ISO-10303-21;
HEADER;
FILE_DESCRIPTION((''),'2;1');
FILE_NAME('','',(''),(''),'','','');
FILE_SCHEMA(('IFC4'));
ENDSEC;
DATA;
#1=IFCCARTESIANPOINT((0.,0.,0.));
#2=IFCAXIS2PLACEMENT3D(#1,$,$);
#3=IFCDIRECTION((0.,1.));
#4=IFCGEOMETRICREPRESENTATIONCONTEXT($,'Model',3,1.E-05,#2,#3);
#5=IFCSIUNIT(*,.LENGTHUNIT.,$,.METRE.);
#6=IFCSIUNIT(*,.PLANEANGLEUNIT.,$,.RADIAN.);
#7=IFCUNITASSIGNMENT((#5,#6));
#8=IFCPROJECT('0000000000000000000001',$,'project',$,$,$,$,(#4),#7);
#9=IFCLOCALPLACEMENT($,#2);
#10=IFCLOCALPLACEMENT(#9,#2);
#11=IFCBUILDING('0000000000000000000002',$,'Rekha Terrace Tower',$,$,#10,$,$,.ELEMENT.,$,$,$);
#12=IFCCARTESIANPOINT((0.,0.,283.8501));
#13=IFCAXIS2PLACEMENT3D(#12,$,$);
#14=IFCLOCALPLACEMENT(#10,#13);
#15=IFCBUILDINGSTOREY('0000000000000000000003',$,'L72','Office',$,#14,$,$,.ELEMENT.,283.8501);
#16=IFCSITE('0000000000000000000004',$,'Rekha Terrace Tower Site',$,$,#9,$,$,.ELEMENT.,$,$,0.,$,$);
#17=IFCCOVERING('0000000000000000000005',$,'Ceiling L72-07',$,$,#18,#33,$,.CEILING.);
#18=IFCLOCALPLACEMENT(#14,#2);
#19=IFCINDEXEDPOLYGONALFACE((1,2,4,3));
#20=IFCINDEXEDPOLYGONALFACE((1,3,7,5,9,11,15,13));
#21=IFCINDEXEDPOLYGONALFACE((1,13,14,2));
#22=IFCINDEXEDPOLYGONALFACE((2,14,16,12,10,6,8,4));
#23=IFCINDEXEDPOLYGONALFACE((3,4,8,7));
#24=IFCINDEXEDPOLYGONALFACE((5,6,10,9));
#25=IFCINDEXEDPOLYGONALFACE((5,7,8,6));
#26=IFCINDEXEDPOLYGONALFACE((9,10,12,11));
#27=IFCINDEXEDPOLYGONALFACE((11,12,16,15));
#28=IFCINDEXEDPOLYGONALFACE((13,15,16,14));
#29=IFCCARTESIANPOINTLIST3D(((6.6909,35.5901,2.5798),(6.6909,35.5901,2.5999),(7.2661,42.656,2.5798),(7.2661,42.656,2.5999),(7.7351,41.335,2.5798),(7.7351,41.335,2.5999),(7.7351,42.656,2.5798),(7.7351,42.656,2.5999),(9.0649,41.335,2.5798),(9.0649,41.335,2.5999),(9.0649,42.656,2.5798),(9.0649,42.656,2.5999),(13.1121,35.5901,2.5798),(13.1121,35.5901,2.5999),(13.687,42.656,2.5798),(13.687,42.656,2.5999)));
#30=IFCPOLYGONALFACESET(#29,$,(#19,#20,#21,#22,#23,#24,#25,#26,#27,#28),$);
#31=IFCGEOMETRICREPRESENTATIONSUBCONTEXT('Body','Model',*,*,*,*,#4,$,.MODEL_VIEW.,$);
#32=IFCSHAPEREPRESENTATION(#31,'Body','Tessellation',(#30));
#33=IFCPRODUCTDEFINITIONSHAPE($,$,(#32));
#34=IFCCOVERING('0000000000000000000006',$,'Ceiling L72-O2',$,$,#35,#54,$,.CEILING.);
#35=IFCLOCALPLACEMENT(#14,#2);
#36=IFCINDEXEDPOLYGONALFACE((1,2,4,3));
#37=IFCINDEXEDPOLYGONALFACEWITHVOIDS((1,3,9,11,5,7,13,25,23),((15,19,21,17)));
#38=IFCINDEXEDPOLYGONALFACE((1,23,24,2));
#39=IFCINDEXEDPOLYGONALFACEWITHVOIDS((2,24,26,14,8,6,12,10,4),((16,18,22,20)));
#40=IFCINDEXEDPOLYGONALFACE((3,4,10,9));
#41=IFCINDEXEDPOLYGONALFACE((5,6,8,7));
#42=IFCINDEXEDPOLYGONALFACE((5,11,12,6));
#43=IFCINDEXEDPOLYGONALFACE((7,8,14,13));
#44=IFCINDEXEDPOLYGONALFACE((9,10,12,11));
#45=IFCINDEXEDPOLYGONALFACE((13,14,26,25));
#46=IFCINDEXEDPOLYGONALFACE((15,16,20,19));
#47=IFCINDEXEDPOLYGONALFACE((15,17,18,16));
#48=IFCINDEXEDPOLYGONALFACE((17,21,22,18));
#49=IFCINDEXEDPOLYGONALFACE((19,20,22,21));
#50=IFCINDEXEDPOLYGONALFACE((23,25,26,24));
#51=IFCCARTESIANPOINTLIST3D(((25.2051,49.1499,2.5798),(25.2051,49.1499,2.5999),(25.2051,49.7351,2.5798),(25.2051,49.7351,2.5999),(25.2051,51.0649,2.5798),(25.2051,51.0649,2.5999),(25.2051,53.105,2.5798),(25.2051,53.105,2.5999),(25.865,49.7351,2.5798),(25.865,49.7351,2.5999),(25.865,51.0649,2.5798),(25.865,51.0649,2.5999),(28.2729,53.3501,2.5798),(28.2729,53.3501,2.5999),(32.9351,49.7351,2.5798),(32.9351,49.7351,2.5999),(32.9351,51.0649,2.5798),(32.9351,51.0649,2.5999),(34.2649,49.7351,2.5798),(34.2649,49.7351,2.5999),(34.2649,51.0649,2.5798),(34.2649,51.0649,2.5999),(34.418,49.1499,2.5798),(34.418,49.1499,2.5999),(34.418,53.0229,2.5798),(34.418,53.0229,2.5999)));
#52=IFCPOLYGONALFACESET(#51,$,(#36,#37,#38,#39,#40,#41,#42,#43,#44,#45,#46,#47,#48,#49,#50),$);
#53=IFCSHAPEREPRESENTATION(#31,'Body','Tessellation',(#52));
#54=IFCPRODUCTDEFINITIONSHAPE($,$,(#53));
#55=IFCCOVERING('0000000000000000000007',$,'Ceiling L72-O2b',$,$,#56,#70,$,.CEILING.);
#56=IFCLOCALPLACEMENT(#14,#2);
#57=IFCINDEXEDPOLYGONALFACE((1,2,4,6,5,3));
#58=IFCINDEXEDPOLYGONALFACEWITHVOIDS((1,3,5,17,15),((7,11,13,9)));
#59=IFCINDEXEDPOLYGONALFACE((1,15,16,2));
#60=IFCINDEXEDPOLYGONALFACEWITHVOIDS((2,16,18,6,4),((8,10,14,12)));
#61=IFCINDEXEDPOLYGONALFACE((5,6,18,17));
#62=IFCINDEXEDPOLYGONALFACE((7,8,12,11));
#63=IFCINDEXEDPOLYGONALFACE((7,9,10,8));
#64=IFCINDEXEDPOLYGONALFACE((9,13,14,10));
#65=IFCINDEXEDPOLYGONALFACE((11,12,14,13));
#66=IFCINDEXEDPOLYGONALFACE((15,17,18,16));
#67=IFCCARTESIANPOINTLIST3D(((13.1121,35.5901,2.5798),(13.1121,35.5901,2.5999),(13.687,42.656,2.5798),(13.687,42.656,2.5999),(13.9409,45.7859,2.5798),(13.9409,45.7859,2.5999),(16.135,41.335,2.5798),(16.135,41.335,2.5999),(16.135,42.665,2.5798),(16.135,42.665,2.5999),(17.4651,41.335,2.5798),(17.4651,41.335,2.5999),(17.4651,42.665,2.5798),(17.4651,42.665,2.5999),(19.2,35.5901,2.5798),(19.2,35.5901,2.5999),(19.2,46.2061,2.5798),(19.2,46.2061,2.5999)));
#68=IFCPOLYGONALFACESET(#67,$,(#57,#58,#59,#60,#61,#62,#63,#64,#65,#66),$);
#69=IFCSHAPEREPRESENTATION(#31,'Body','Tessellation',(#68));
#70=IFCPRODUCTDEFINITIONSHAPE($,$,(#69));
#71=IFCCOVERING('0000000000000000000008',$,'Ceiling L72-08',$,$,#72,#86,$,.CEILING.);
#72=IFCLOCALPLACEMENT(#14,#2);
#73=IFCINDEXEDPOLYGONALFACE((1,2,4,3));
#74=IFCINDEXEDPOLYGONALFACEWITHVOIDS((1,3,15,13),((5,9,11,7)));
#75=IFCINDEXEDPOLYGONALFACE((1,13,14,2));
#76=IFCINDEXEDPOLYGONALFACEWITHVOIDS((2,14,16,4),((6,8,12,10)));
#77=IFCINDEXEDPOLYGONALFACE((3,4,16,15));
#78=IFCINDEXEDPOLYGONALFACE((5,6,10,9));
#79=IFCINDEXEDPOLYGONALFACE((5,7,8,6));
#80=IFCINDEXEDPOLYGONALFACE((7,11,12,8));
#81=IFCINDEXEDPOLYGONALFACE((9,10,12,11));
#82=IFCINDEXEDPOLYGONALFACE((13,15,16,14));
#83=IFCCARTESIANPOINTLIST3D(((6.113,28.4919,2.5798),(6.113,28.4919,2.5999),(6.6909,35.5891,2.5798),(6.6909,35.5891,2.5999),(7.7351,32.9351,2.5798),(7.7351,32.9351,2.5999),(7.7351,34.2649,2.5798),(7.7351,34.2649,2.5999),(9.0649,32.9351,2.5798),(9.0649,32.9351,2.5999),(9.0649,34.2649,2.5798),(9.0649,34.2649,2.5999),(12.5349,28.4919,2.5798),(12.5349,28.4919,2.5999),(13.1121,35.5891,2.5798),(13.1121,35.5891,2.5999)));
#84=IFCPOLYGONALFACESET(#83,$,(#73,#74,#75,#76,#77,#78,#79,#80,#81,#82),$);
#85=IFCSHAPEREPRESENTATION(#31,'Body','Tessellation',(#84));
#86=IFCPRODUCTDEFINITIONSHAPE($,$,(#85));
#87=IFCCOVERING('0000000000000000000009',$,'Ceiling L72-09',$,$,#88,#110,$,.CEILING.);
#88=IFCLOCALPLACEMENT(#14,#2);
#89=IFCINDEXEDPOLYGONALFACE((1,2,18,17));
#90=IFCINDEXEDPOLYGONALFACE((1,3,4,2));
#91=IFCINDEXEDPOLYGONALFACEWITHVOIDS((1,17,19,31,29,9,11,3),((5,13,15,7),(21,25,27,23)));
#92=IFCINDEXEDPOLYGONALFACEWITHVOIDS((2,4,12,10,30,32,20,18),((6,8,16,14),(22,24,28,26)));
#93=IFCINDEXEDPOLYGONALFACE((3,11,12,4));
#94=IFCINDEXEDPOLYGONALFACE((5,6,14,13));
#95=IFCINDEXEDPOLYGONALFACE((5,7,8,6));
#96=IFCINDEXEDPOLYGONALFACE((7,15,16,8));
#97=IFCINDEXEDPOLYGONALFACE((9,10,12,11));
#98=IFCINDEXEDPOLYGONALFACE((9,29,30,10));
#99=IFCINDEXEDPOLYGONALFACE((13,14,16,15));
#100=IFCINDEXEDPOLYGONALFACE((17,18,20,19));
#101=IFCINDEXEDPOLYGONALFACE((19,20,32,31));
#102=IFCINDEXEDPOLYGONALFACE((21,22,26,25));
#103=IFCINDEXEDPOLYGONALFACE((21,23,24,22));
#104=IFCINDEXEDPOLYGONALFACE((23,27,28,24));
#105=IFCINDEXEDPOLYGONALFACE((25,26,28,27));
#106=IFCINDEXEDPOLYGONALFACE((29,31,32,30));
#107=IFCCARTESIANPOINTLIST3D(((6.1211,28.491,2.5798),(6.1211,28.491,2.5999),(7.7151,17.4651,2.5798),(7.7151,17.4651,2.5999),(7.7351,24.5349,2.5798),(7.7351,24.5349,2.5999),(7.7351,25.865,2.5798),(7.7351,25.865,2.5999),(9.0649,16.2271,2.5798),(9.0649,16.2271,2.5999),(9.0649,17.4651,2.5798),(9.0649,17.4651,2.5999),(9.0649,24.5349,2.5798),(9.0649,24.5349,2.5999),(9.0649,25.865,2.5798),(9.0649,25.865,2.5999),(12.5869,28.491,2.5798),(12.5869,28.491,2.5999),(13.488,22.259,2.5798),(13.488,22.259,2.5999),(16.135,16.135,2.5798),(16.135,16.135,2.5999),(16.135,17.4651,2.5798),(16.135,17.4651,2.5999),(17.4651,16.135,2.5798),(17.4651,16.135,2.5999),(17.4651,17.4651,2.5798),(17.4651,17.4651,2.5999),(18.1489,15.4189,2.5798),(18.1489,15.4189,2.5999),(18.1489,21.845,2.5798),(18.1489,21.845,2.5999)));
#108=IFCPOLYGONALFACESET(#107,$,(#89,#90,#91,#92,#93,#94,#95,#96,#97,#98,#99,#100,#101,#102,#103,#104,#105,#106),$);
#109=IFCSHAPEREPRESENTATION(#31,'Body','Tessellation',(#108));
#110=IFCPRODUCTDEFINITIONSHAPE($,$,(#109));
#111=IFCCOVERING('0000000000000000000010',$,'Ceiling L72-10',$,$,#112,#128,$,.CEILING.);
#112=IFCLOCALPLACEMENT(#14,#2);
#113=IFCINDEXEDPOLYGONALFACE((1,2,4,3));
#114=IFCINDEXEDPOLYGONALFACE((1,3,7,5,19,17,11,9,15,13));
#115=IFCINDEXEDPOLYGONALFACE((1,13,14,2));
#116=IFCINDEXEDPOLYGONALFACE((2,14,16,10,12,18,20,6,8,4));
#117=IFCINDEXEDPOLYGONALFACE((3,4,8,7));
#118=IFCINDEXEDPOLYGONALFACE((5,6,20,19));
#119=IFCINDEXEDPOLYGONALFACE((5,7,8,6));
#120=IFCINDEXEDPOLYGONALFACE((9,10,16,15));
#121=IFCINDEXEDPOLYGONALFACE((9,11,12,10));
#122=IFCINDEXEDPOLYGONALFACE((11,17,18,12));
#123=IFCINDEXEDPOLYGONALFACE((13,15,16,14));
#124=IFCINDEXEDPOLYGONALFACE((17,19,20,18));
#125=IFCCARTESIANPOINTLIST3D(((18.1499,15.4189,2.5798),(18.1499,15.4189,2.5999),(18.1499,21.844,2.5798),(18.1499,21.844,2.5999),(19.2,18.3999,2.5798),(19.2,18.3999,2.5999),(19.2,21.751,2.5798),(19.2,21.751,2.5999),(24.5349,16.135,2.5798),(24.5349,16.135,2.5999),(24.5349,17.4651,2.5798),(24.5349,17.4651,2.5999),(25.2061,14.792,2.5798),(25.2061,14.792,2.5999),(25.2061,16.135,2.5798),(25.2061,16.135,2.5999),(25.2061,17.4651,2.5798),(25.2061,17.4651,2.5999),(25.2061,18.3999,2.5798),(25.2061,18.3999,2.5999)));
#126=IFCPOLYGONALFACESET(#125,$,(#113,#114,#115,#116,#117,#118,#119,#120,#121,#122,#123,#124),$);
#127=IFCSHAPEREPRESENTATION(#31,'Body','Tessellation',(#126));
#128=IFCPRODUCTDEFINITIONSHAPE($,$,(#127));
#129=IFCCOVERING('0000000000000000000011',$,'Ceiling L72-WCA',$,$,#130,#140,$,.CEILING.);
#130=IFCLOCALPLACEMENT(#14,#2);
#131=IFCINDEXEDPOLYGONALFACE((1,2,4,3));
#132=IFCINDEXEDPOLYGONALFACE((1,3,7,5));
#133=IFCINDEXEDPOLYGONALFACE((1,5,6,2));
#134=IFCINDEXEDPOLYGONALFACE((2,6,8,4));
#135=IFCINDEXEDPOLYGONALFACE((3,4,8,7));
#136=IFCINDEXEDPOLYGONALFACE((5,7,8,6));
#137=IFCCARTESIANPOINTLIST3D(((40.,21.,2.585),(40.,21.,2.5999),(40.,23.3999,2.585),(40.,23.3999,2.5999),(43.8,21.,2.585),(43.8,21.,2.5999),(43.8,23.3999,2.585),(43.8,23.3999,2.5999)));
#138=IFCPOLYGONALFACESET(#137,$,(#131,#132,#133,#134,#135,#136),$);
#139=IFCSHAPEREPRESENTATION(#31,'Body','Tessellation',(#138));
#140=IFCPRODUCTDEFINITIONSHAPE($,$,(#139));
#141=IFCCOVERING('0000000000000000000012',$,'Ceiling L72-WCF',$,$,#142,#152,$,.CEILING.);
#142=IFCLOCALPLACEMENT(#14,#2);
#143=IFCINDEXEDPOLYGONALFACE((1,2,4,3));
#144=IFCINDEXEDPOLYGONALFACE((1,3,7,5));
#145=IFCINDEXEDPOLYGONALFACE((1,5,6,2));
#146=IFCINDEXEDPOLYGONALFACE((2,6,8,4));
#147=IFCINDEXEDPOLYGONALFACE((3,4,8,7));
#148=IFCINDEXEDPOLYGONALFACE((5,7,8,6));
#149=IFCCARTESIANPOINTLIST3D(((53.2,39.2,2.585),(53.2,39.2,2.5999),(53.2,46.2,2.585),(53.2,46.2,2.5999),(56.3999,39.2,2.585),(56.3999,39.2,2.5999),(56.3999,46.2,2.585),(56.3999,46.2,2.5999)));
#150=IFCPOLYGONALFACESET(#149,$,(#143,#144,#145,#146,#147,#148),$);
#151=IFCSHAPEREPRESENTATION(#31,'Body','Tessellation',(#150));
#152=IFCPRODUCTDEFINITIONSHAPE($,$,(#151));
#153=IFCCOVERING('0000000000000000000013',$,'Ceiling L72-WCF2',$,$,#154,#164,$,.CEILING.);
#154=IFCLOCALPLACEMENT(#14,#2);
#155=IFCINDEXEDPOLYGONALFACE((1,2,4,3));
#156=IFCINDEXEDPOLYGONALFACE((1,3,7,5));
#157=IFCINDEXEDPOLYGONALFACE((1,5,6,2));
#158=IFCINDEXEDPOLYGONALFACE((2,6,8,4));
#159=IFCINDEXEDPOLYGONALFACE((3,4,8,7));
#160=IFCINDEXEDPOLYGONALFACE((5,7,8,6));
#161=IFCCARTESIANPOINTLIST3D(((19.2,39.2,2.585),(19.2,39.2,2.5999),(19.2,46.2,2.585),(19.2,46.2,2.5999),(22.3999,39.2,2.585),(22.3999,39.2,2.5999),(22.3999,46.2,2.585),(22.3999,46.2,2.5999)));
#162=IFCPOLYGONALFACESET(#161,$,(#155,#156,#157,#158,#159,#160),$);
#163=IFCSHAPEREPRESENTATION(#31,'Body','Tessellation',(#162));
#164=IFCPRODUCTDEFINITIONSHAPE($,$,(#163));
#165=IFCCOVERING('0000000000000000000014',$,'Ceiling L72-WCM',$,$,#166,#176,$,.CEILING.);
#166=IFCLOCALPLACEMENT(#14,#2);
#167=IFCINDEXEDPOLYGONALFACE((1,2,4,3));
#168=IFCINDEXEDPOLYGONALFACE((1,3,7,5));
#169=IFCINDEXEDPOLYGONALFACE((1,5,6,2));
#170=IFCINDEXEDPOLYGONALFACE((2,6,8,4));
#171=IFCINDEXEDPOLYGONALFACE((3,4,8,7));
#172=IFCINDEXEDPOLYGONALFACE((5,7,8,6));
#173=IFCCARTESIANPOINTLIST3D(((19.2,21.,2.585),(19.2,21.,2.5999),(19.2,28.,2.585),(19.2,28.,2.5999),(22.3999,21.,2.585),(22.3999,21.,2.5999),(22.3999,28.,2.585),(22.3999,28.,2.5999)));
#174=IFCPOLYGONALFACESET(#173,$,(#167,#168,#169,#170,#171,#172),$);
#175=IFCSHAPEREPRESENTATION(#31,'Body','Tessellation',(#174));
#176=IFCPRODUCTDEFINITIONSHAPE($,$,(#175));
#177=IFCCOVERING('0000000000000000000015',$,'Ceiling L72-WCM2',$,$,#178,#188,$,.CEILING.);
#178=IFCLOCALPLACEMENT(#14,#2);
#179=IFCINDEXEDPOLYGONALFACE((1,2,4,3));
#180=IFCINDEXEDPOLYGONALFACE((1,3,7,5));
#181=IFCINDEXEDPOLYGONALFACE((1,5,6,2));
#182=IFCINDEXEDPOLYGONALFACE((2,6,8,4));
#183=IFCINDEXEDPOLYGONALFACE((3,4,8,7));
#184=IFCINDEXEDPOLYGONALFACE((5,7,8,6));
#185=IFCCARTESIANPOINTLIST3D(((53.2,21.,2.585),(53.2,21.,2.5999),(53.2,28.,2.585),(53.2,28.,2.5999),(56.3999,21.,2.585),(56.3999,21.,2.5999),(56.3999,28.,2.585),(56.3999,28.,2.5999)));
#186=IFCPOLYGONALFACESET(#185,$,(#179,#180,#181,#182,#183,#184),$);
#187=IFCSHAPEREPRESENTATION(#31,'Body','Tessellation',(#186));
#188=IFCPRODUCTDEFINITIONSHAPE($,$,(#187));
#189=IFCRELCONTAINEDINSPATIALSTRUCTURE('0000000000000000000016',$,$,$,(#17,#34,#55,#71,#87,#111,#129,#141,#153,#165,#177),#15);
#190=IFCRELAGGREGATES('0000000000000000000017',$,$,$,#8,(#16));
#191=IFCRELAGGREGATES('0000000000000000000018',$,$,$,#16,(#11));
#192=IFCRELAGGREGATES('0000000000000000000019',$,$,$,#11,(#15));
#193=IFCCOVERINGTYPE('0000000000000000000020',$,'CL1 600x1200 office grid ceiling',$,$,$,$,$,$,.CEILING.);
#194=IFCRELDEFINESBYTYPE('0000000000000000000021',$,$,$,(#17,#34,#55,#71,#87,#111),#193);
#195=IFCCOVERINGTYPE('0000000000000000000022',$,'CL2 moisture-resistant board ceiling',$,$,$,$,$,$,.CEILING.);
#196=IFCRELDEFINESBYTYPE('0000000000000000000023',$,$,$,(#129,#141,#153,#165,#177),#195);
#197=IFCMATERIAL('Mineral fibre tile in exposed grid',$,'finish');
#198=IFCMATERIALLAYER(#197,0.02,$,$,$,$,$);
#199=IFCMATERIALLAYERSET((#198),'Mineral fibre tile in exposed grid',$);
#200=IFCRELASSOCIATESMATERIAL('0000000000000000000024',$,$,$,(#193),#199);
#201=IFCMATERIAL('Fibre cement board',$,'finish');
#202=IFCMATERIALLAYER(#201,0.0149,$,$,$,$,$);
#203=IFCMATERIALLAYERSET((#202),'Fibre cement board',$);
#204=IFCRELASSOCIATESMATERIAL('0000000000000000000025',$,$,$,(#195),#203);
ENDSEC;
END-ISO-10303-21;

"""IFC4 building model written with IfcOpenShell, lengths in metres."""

from ifc_helpers import new_model, si_unit, direction, frame, origin, place, context, subcontext, project, spatial, polyline, outline, extrude, material, layer, layer_set, type_object, element, save


model = new_model("IFC4")

# Units and contexts
model_context = context("Model", 3, precision=1e-05, world=origin(), true_north=direction((0.0, 1.0)))
body_context = subcontext(model_context, "Body", "Model", "MODEL_VIEW")
ifc_project = project(units=[si_unit("LENGTHUNIT", "METRE"), si_unit("PLANEANGLEUNIT", "RADIAN")], contexts=[model_context])

# Site, building, storey
site_placement = place(None, origin())
site = spatial("IfcSite", under=ifc_project, at=site_placement, Name="Rekha Terrace Tower Site", CompositionType="ELEMENT", RefElevation=0.0)
building_placement = place(site_placement, origin())
building = spatial("IfcBuilding", under=site, at=building_placement, Name="Rekha Terrace Tower", CompositionType="ELEMENT")
storey_placement = place(building_placement, frame((0.0, 0.0, 283.8501)))
storey = spatial("IfcBuildingStorey", under=building, at=storey_placement, Name="L72", Description="Office", CompositionType="ELEMENT", Elevation=283.8501)

# Coverings
ifc_material_1 = material(Name="Mineral fibre tile in exposed grid", Category="finish")
ifc_layer_1 = layer(ifc_material_1, 0.02)
ifc_layer_set_1 = layer_set([ifc_layer_1], Name="Mineral fibre tile in exposed grid")
covering_type_1 = type_object("IfcCoveringType", Name="CL1 600x1200 office grid ceiling", PredefinedType="CEILING", material=ifc_layer_set_1)
covering_1_placement = place(storey_placement, frame((0.0, 0.0, 2.5798)))
element("IfcCovering", 1, at=covering_1_placement, inside=storey, type_object=covering_type_1, Name="Ceiling L72-07", PredefinedType="CEILING", context=body_context, shape_type="SweptSolid", body=[
    extrude(outline(polyline([(7.7351, 42.656), (7.2661, 42.656), (6.6909, 35.5901), (13.1121, 35.5901), (13.687, 42.656), (9.0649, 42.656), (9.0649, 41.335), (7.7351, 41.335), (7.7351, 42.656)])), origin(), (0.0, 0.0, 1.0), 0.02),
])
covering_2_placement = place(storey_placement, frame((0.0, 0.0, 2.5798)))
element("IfcCovering", 2, at=covering_2_placement, inside=storey, type_object=covering_type_1, Name="Ceiling L72-O2", PredefinedType="CEILING", context=body_context, shape_type="SweptSolid", body=[
    extrude(outline(polyline([(25.2051, 49.7351), (25.2051, 49.1499), (34.418, 49.1499), (34.418, 53.0229), (28.2729, 53.3501), (25.2051, 53.105), (25.2051, 51.0649), (25.865, 51.0649), (25.865, 49.7351), (25.2051, 49.7351)]), holes=[polyline([(34.2649, 49.7351), (32.9351, 49.7351), (32.9351, 51.0649), (34.2649, 51.0649), (34.2649, 49.7351)])]), origin(), (0.0, 0.0, 1.0), 0.02),
])
covering_3_placement = place(storey_placement, frame((0.0, 0.0, 2.5798)))
element("IfcCovering", 3, at=covering_3_placement, inside=storey, type_object=covering_type_1, Name="Ceiling L72-O2b", PredefinedType="CEILING", context=body_context, shape_type="SweptSolid", body=[
    extrude(outline(polyline([(13.9409, 45.7859), (13.687, 42.656), (13.1121, 35.5901), (19.2, 35.5901), (19.2, 46.2061), (13.9409, 45.7859)]), holes=[polyline([(17.4651, 41.335), (16.135, 41.335), (16.135, 42.665), (17.4651, 42.665), (17.4651, 41.335)])]), origin(), (0.0, 0.0, 1.0), 0.02),
])
covering_4_placement = place(storey_placement, frame((0.0, 0.0, 2.5798)))
element("IfcCovering", 4, at=covering_4_placement, inside=storey, type_object=covering_type_1, Name="Ceiling L72-08", PredefinedType="CEILING", context=body_context, shape_type="SweptSolid", body=[
    extrude(outline(polyline([(12.5349, 28.4919), (13.1121, 35.5891), (6.6909, 35.5891), (6.113, 28.4919), (12.5349, 28.4919)]), holes=[polyline([(9.0649, 34.2649), (9.0649, 32.9351), (7.7351, 32.9351), (7.7351, 34.2649), (9.0649, 34.2649)])]), origin(), (0.0, 0.0, 1.0), 0.02),
])
covering_5_placement = place(storey_placement, frame((0.0, 0.0, 2.5798)))
element("IfcCovering", 5, at=covering_5_placement, inside=storey, type_object=covering_type_1, Name="Ceiling L72-09", PredefinedType="CEILING", context=body_context, shape_type="SweptSolid", body=[
    extrude(outline(polyline([(6.1211, 28.491), (7.7151, 17.4651), (9.0649, 17.4651), (9.0649, 16.2271), (18.1489, 15.4189), (18.1489, 21.845), (13.488, 22.259), (12.5869, 28.491), (6.1211, 28.491)]), holes=[polyline([(17.4651, 17.4651), (17.4651, 16.135), (16.135, 16.135), (16.135, 17.4651), (17.4651, 17.4651)]), polyline([(9.0649, 25.865), (9.0649, 24.5349), (7.7351, 24.5349), (7.7351, 25.865), (9.0649, 25.865)])]), origin(), (0.0, 0.0, 1.0), 0.02),
])
covering_6_placement = place(storey_placement, frame((0.0, 0.0, 2.5798)))
element("IfcCovering", 6, at=covering_6_placement, inside=storey, type_object=covering_type_1, Name="Ceiling L72-10", PredefinedType="CEILING", context=body_context, shape_type="SweptSolid", body=[
    extrude(outline(polyline([(24.5349, 17.4651), (25.2061, 17.4651), (25.2061, 18.3999), (19.2, 18.3999), (19.2, 21.751), (18.1499, 21.844), (18.1499, 15.4189), (25.2061, 14.792), (25.2061, 16.135), (24.5349, 16.135), (24.5349, 17.4651)])), origin(), (0.0, 0.0, 1.0), 0.02),
])
ifc_material_2 = material(Name="Fibre cement board", Category="finish")
ifc_layer_2 = layer(ifc_material_2, 0.0149)
ifc_layer_set_2 = layer_set([ifc_layer_2], Name="Fibre cement board")
covering_type_2 = type_object("IfcCoveringType", Name="CL2 moisture-resistant board ceiling", PredefinedType="CEILING", material=ifc_layer_set_2)
covering_7_placement = place(storey_placement, frame((0.0, 0.0, 2.585)))
element("IfcCovering", 7, at=covering_7_placement, inside=storey, type_object=covering_type_2, Name="Ceiling L72-WCA", PredefinedType="CEILING", context=body_context, shape_type="SweptSolid", body=[
    extrude(outline(polyline([(43.8, 23.3999), (40.0, 23.3999), (40.0, 21.0), (43.8, 21.0), (43.8, 23.3999)])), origin(), (0.0, 0.0, 1.0), 0.0149),
])
covering_8_placement = place(storey_placement, frame((0.0, 0.0, 2.585)))
element("IfcCovering", 8, at=covering_8_placement, inside=storey, type_object=covering_type_2, Name="Ceiling L72-WCF", PredefinedType="CEILING", context=body_context, shape_type="SweptSolid", body=[
    extrude(outline(polyline([(56.3999, 46.2), (53.2, 46.2), (53.2, 39.2), (56.3999, 39.2), (56.3999, 46.2)])), origin(), (0.0, 0.0, 1.0), 0.0149),
])
covering_9_placement = place(storey_placement, frame((0.0, 0.0, 2.585)))
element("IfcCovering", 9, at=covering_9_placement, inside=storey, type_object=covering_type_2, Name="Ceiling L72-WCF2", PredefinedType="CEILING", context=body_context, shape_type="SweptSolid", body=[
    extrude(outline(polyline([(22.3999, 46.2), (19.2, 46.2), (19.2, 39.2), (22.3999, 39.2), (22.3999, 46.2)])), origin(), (0.0, 0.0, 1.0), 0.0149),
])
covering_10_placement = place(storey_placement, frame((0.0, 0.0, 2.585)))
element("IfcCovering", 10, at=covering_10_placement, inside=storey, type_object=covering_type_2, Name="Ceiling L72-WCM", PredefinedType="CEILING", context=body_context, shape_type="SweptSolid", body=[
    extrude(outline(polyline([(22.3999, 28.0), (19.2, 28.0), (19.2, 21.0), (22.3999, 21.0), (22.3999, 28.0)])), origin(), (0.0, 0.0, 1.0), 0.0149),
])
covering_11_placement = place(storey_placement, frame((0.0, 0.0, 2.585)))
element("IfcCovering", 11, at=covering_11_placement, inside=storey, type_object=covering_type_2, Name="Ceiling L72-WCM2", PredefinedType="CEILING", context=body_context, shape_type="SweptSolid", body=[
    extrude(outline(polyline([(56.3999, 28.0), (53.2, 28.0), (53.2, 21.0), (56.3999, 21.0), (56.3999, 28.0)])), origin(), (0.0, 0.0, 1.0), 0.0149),
])

save(model, "model.ifc")
